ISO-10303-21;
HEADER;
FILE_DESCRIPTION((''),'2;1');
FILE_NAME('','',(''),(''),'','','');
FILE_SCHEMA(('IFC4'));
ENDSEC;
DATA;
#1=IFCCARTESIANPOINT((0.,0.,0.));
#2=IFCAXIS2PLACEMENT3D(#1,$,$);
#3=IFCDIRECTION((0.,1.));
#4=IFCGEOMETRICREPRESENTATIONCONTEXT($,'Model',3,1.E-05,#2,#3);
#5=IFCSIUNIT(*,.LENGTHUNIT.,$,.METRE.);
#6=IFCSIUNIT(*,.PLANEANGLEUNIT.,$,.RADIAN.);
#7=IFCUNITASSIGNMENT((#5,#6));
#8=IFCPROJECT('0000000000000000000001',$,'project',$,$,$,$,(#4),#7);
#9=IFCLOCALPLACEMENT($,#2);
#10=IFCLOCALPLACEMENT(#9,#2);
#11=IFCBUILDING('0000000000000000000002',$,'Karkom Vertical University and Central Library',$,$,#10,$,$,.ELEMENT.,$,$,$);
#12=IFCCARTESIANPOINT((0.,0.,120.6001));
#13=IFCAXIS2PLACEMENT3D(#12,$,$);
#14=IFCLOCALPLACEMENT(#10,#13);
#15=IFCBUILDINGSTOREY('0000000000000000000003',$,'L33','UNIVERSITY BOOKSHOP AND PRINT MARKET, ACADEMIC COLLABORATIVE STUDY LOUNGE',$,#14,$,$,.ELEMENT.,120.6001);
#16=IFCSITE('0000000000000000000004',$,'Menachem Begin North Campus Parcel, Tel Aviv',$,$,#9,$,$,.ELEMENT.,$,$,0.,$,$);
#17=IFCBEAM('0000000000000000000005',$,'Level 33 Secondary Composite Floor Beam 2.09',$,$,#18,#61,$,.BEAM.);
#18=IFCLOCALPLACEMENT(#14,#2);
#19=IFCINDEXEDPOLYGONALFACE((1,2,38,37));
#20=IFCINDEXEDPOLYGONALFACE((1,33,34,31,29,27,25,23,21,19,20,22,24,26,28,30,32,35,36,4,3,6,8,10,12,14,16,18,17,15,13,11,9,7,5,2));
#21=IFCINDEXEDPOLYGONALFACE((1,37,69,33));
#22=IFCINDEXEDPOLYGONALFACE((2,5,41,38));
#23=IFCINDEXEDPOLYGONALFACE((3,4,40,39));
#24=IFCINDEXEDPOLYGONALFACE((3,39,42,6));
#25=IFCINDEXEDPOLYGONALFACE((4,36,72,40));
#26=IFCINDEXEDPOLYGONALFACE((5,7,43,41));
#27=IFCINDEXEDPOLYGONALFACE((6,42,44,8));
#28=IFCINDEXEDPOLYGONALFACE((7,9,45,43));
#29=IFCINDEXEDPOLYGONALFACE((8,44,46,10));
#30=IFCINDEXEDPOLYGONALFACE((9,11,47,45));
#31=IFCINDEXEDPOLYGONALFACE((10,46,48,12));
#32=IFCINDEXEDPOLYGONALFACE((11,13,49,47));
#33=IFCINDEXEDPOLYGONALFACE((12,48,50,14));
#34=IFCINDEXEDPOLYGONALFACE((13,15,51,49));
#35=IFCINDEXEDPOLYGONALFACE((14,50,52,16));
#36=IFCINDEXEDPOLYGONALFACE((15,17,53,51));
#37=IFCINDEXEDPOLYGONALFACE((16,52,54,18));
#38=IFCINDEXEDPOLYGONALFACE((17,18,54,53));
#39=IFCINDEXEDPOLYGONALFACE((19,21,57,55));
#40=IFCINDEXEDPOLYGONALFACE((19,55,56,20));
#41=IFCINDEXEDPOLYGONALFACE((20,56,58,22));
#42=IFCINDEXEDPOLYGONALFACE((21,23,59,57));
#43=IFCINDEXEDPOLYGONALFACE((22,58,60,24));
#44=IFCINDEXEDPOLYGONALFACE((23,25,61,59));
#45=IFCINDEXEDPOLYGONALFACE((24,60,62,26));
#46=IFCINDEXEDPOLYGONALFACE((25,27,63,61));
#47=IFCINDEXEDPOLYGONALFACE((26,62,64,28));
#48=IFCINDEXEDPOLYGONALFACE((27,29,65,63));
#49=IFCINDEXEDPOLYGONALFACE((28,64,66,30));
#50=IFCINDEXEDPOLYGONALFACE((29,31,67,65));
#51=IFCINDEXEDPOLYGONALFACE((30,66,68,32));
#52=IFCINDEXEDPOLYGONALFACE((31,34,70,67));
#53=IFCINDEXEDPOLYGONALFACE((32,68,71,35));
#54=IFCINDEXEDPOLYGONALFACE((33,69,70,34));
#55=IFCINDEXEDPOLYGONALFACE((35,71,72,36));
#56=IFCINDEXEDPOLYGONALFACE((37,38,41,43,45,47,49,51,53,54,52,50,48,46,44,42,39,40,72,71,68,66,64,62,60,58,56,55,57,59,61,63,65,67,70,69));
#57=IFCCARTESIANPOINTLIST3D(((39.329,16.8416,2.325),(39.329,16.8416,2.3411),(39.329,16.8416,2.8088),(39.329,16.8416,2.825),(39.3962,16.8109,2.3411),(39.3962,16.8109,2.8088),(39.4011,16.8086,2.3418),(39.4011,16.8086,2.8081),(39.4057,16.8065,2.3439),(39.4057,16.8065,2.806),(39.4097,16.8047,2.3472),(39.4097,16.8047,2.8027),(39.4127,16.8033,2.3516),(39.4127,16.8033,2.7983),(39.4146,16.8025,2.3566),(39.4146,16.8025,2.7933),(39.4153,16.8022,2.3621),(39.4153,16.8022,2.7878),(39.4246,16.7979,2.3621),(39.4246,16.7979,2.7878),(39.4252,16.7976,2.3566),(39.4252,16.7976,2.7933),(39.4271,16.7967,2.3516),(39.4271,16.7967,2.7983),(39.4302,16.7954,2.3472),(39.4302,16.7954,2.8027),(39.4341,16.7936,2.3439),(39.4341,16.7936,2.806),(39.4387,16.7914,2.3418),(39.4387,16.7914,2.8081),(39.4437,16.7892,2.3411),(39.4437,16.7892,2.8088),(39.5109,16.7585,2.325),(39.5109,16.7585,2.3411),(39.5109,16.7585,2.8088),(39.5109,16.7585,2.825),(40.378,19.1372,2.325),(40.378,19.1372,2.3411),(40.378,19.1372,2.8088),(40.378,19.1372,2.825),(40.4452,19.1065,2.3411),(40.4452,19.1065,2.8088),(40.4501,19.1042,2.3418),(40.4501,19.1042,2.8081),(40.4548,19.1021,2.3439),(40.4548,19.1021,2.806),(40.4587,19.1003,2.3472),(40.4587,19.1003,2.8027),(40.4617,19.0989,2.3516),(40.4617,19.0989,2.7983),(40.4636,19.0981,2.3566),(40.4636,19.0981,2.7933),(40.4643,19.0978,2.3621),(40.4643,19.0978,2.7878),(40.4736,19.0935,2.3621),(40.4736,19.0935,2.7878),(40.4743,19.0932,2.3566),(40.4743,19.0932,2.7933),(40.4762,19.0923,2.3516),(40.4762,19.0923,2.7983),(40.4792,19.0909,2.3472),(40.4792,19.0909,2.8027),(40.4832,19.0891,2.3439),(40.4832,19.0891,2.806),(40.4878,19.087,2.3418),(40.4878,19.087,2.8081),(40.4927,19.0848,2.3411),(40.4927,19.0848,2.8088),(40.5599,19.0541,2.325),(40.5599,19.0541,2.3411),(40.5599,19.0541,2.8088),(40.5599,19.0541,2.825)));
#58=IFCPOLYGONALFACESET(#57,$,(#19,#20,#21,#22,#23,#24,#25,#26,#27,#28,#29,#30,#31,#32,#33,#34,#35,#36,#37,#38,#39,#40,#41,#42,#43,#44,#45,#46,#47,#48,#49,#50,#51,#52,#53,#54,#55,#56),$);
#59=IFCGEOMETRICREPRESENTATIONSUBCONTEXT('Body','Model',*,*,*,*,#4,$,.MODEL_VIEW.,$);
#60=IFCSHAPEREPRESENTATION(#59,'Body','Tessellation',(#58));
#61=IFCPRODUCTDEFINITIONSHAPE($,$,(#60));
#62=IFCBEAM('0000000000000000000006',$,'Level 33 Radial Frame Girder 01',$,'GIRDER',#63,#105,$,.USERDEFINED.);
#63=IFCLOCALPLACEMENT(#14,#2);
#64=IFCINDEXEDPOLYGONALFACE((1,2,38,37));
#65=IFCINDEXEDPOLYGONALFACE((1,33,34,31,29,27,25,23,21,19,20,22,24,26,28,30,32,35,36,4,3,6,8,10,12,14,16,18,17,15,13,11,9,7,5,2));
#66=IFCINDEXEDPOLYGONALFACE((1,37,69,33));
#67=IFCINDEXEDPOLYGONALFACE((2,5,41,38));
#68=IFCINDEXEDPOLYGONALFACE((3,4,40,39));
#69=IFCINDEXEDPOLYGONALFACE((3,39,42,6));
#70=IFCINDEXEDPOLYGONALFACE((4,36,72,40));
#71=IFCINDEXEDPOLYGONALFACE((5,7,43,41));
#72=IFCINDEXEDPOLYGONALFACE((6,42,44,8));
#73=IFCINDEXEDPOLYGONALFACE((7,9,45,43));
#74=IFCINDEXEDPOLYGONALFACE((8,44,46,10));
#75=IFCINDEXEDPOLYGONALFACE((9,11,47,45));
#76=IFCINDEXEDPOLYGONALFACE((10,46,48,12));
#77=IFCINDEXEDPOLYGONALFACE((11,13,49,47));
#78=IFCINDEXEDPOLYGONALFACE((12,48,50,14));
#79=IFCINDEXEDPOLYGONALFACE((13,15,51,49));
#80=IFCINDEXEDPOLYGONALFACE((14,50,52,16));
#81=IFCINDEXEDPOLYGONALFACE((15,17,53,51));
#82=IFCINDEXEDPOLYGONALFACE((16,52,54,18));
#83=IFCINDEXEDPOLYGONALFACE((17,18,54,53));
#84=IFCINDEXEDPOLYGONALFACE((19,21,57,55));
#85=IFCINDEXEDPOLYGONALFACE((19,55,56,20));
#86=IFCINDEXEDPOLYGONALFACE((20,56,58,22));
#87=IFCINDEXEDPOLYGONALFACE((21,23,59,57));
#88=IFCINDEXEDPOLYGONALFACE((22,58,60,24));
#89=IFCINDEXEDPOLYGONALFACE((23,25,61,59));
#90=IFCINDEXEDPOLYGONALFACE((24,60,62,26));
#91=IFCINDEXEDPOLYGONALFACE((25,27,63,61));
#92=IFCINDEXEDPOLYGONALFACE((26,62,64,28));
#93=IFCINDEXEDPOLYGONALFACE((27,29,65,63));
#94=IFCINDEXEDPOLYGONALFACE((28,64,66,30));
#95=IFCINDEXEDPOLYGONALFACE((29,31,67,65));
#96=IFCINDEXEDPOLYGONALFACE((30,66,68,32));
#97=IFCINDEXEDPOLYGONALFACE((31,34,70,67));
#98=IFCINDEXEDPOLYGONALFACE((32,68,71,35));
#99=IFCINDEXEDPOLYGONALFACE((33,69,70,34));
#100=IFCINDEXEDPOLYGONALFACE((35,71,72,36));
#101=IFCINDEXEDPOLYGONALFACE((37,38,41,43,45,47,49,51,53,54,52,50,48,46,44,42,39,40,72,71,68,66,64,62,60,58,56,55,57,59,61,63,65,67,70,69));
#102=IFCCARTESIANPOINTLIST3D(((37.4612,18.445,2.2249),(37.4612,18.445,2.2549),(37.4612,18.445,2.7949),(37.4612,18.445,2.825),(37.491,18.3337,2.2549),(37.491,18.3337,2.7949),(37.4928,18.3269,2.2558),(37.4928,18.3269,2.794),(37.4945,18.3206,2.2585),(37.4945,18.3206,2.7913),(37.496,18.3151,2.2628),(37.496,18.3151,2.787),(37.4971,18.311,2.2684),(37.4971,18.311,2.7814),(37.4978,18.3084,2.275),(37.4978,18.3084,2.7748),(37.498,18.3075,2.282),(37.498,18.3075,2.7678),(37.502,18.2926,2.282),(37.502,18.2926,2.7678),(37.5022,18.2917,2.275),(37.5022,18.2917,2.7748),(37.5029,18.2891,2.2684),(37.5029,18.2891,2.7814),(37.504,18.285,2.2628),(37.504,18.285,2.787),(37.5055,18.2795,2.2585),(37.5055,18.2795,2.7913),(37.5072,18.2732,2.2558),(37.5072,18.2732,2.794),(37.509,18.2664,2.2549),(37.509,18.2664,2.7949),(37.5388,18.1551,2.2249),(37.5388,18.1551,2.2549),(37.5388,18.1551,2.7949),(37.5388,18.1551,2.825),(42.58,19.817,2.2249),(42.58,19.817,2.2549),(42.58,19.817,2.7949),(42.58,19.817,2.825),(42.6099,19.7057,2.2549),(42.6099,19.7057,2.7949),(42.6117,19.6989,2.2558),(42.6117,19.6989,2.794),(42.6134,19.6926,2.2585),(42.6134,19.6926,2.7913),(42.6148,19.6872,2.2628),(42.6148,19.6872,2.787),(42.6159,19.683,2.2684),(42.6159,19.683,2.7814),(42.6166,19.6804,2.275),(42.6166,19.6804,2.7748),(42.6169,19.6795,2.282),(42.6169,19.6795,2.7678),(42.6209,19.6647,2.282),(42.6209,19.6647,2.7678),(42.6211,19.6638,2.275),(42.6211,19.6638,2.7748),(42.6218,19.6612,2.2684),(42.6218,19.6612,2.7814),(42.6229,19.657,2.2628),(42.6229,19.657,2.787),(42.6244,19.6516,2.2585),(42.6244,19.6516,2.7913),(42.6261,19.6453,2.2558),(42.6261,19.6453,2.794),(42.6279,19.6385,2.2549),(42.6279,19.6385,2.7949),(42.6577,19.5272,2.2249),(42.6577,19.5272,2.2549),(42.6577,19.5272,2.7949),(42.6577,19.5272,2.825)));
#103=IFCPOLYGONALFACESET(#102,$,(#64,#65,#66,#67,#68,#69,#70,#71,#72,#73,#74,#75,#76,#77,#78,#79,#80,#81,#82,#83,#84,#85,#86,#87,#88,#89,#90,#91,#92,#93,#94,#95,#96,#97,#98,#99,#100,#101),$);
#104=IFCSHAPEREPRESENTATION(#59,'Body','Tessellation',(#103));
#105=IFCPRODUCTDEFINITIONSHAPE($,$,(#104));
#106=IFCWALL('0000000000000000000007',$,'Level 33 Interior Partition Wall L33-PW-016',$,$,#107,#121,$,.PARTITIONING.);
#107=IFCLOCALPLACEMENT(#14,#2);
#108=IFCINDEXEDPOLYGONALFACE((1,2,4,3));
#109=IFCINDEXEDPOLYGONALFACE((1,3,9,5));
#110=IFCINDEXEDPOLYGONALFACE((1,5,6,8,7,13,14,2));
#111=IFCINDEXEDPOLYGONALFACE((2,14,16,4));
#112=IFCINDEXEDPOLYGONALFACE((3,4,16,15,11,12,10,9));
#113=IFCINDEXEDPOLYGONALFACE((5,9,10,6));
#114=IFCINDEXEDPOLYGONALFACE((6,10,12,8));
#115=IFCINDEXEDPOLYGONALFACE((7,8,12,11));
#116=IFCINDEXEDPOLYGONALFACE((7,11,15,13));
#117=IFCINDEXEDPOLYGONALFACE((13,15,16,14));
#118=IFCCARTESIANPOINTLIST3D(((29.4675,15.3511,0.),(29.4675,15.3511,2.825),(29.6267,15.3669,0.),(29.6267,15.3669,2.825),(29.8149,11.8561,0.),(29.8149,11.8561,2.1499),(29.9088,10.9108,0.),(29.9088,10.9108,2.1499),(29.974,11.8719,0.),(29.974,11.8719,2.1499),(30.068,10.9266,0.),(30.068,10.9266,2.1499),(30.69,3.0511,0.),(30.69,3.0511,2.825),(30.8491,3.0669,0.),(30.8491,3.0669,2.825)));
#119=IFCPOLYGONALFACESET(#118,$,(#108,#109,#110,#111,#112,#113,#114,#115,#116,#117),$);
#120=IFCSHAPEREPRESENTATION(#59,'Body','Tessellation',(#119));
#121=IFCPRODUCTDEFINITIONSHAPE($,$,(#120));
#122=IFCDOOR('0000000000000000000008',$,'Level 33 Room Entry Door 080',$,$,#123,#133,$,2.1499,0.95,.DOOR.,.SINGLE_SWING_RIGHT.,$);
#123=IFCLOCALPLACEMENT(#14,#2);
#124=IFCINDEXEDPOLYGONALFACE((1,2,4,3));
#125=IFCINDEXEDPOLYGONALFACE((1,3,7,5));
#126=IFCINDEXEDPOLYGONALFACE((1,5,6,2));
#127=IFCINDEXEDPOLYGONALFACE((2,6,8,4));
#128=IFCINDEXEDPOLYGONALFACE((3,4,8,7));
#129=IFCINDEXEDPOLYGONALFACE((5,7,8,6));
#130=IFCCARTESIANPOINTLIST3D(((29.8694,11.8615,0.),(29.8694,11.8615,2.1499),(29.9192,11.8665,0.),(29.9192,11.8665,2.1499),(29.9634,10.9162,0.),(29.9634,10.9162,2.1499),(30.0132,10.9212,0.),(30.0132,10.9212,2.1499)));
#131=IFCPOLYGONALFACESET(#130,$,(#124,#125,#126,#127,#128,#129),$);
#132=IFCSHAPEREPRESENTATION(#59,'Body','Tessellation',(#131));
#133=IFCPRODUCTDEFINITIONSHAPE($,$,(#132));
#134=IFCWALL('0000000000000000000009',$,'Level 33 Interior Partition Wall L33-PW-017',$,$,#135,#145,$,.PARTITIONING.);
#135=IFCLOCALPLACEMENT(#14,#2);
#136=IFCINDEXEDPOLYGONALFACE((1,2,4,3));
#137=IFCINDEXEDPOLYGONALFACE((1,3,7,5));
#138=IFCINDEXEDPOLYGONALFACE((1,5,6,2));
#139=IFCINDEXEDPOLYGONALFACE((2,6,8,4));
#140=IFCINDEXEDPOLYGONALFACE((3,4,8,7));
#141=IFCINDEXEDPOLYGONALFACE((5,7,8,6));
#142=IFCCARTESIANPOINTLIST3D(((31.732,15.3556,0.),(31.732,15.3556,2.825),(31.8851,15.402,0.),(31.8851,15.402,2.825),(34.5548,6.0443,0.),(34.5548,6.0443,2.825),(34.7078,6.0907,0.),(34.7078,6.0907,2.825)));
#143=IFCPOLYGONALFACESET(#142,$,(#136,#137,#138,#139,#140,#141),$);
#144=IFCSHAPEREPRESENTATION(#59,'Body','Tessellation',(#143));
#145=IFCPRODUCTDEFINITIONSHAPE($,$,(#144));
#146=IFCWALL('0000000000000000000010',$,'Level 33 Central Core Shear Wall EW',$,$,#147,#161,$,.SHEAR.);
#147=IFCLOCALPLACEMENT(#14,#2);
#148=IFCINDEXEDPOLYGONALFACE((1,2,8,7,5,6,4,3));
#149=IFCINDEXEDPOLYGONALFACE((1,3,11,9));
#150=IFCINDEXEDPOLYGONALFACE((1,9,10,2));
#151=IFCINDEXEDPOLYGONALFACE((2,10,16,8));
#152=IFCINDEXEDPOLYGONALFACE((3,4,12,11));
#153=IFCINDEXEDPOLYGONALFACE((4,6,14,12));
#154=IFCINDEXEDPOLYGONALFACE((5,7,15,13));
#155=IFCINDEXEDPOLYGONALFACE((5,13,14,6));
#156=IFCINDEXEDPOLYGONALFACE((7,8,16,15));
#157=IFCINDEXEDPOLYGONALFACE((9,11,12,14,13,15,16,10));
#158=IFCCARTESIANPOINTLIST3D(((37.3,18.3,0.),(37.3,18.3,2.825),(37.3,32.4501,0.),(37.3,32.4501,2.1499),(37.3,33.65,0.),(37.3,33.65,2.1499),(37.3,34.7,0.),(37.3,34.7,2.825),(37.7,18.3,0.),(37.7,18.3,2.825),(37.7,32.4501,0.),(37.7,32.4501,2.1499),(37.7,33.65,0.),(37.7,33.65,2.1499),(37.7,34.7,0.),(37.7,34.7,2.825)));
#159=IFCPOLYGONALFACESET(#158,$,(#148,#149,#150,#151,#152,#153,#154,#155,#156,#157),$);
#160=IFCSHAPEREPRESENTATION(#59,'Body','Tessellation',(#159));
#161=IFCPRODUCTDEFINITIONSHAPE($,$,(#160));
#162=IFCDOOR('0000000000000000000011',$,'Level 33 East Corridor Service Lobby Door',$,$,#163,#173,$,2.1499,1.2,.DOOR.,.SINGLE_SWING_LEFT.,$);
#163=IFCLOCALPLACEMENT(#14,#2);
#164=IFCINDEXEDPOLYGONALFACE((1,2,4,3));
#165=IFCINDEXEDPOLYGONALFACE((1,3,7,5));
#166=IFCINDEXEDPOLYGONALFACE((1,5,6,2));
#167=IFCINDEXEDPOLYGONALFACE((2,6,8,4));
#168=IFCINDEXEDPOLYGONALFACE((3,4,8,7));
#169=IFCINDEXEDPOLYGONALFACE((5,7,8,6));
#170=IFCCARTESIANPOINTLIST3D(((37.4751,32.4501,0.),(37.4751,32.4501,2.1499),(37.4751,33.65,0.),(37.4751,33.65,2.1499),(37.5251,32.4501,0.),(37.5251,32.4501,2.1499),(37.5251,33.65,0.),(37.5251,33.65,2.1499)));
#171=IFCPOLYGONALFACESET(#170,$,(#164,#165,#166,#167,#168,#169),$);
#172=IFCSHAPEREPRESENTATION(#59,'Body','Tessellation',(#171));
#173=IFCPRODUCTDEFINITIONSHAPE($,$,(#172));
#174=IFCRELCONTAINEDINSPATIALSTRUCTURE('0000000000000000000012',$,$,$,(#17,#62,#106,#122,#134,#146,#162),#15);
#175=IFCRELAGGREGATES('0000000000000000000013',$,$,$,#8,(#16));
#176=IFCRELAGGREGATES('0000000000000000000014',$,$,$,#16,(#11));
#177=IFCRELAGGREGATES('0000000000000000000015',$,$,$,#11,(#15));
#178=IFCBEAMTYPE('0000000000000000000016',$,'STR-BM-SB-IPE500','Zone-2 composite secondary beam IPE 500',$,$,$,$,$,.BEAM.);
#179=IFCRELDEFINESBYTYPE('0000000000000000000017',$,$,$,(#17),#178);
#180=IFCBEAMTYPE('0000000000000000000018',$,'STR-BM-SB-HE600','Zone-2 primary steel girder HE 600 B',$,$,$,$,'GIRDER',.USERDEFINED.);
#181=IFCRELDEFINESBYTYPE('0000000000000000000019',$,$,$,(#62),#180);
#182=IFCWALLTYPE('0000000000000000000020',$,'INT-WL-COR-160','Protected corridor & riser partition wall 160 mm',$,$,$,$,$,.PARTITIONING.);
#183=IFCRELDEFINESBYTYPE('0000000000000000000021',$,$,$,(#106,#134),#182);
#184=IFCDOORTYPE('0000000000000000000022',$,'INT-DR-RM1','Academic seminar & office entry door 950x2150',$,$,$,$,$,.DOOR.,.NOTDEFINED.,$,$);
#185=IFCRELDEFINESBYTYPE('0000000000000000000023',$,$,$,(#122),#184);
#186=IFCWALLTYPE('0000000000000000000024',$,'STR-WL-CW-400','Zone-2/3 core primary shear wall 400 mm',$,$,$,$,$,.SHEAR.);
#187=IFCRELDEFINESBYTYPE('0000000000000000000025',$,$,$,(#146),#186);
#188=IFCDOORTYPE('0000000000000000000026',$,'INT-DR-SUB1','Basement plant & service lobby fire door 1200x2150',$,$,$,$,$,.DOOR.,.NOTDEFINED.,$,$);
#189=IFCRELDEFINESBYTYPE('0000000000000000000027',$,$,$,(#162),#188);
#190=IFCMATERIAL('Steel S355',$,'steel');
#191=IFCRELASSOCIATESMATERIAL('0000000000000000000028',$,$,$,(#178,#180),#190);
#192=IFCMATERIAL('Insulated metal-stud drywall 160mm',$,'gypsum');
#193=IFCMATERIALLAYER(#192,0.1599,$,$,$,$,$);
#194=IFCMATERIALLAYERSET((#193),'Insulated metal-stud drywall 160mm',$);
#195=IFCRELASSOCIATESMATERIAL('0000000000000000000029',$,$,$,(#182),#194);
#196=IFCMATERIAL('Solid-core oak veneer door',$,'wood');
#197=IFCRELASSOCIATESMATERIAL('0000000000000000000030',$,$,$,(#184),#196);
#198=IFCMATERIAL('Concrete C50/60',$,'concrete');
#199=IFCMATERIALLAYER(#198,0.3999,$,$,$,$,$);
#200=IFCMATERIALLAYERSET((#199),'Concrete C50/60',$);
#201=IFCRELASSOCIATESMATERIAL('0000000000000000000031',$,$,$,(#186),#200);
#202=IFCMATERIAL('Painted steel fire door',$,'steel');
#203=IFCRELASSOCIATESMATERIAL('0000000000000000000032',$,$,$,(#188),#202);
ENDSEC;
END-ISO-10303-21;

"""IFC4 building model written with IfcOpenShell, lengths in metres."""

from ifc_helpers import new_model, si_unit, direction, frame, frame_2d, origin, origin_with_axes, origin_2d, place, context, subcontext, project, spatial, rectangle, i_section, extrude, source, transform, mapped, material, layer, layer_set, material_profile, profile_set, type_object, element, fill, save


model = new_model("IFC4")

# Units and contexts
model_context = context("Model", 3, precision=1e-05, world=origin(), true_north=direction((0.0, 1.0)))
body_context = subcontext(model_context, "Body", "Model", "MODEL_VIEW")
ifc_project = project(units=[si_unit("LENGTHUNIT", "METRE"), si_unit("PLANEANGLEUNIT", "RADIAN")], contexts=[model_context])

# Site, building, storey
site_placement = place(None, origin())
site = spatial("IfcSite", under=ifc_project, at=site_placement, Name="Menachem Begin North Campus Parcel, Tel Aviv", CompositionType="ELEMENT", RefElevation=0.0)
building_placement = place(site_placement, origin())
building = spatial("IfcBuilding", under=site, at=building_placement, Name="Karkom Vertical University and Central Library", CompositionType="ELEMENT")
storey_placement = place(building_placement, frame((0.0, 0.0, 120.6001)))
storey = spatial("IfcBuildingStorey", under=building, at=storey_placement, Name="L33", Description="UNIVERSITY BOOKSHOP AND PRINT MARKET, ACADEMIC COLLABORATIVE STUDY LOUNGE", CompositionType="ELEMENT", Elevation=120.6001)

# Shared definitions
ifc_material_1 = material(Name="Concrete C50/60", Category="concrete")

# Beams
ifc_material_2 = material(Name="Steel S355", Category="steel")
ifc_material_profile_1 = material_profile(ifc_material_2, i_section(OverallWidth=0.2, OverallDepth=0.5, WebThickness=0.0103, FlangeThickness=0.0161, FilletRadius=0.021, at=origin_2d()), Name="IPE 500")
ifc_profile_set_1 = profile_set([ifc_material_profile_1], Name="Steel S355")
beam_type_1 = type_object("IfcBeamType", Name="STR-BM-SB-IPE500", Description="Zone-2 composite secondary beam IPE 500", PredefinedType="BEAM", material=ifc_profile_set_1)
shared_shape_1 = source(origin_with_axes(), body_context, "Body", "SweptSolid", [
    extrude(i_section(OverallWidth=0.2, OverallDepth=0.5, WebThickness=0.0103, FlangeThickness=0.0161, FilletRadius=0.021, at=origin_2d()), origin(), (0.0, 0.0, 1.0), 2.5239),
])
beam_1_placement = place(storey_placement, frame((39.4199, 16.8, 2.575), z_axis=(0.415639, 0.90953, 0.0), x_axis=(-0.90953, 0.415639, 0.0)))
element("IfcBeam", 1, at=beam_1_placement, inside=storey, type_object=beam_type_1, Name="Level 33 Secondary Composite Floor Beam 2.09", PredefinedType="BEAM", context=body_context, shape_type="MappedRepresentation", body=[
    mapped(shared_shape_1, transform((0.0, 0.0, 0.0), scale=1.0)),
])
ifc_material_profile_2 = material_profile(ifc_material_2, i_section(OverallWidth=0.3, OverallDepth=0.6001, WebThickness=0.0154, FlangeThickness=0.03, FilletRadius=0.0271, at=origin_2d()), Name="HE 600 B")
ifc_profile_set_2 = profile_set([ifc_material_profile_2], Name="Steel S355")
beam_type_2 = type_object("IfcBeamType", Name="STR-BM-SB-HE600", Description="Zone-2 primary steel girder HE 600 B", ElementType="GIRDER", PredefinedType="USERDEFINED", material=ifc_profile_set_2)
shared_shape_2 = source(origin_with_axes(), body_context, "Body", "SweptSolid", [
    extrude(i_section(OverallWidth=0.3, OverallDepth=0.6001, WebThickness=0.0154, FlangeThickness=0.03, FilletRadius=0.0271, at=origin_2d()), origin(), (0.0, 0.0, 1.0), 5.2996),
])
beam_2_placement = place(storey_placement, frame((37.5, 18.3, 2.5249), z_axis=(0.965904, 0.258901, 0.0), x_axis=(-0.258901, 0.965904, 0.0)))
element("IfcBeam", 2, at=beam_2_placement, inside=storey, type_object=beam_type_2, Name="Level 33 Radial Frame Girder 01", ObjectType="GIRDER", PredefinedType="USERDEFINED", context=body_context, shape_type="MappedRepresentation", body=[
    mapped(shared_shape_2, transform((0.0, 0.0, 0.0), scale=1.0)),
])

# Wall, opening, door
ifc_material_3 = material(Name="Insulated metal-stud drywall 160mm", Category="gypsum")
ifc_layer_1 = layer(ifc_material_3, 0.1599)
ifc_layer_set_1 = layer_set([ifc_layer_1], Name="Insulated metal-stud drywall 160mm")
wall_type_1 = type_object("IfcWallType", Name="INT-WL-COR-160", Description="Protected corridor & riser partition wall 160 mm", PredefinedType="PARTITIONING", material=ifc_layer_set_1)
wall_1_placement = place(storey_placement, frame((29.5471, 15.3589, 0.0), z_axis=(0.0, 0.0, 1.0), x_axis=(0.098896, -0.995098, 0.0)))
wall_1 = element("IfcWall", 3, at=wall_1_placement, inside=storey, type_object=wall_type_1, Name="Level 33 Interior Partition Wall L33-PW-016", PredefinedType="PARTITIONING", context=body_context, shape_type="SweptSolid", body=[
    extrude(rectangle(XDim=12.3606, YDim=0.1599, at=frame_2d((6.1802, 0.0))), origin(), (0.0, 0.0, 1.0), 2.825),
])
opening_1_placement = place(wall_1_placement, frame((3.512, 0.0, 0.0)))
opening_1 = element("IfcOpeningElement", 4, at=opening_1_placement, cuts=wall_1, PredefinedType="OPENING", context=body_context, shape_type="SweptSolid", body=[
    extrude(rectangle(XDim=0.95, YDim=2.1499, at=frame_2d((0.4751, 1.075))), frame((0.0, 0.0898, 0.0), z_axis=(0.0, -1.0, 0.0), x_axis=(1.0, 0.0, 0.0)), (0.0, 0.0, 1.0), 0.1799),
])
ifc_material_4 = material(Name="Solid-core oak veneer door", Category="wood")
door_type_1 = type_object("IfcDoorType", Name="INT-DR-RM1", Description="Academic seminar & office entry door 950x2150", OperationType="NOTDEFINED", PredefinedType="DOOR", material=ifc_material_4)
shared_shape_3 = source(origin_with_axes(), body_context, "Body", "SweptSolid", [
    extrude(rectangle(XDim=0.95, YDim=2.1499, at=frame_2d((0.4751, 1.075))), frame((0.0, 0.0249, 0.0), z_axis=(0.0, -1.0, 0.0), x_axis=(1.0, 0.0, 0.0)), (0.0, 0.0, 1.0), 0.05),
])
door_1_placement = place(opening_1_placement, origin())
door_1 = element("IfcDoor", 5, at=door_1_placement, inside=storey, type_object=door_type_1, Name="Level 33 Room Entry Door 080", OperationType="SINGLE_SWING_RIGHT", OverallHeight=2.1499, OverallWidth=0.95, PredefinedType="DOOR", context=body_context, shape_type="MappedRepresentation", body=[
    mapped(shared_shape_3, transform((0.0, 0.0, 0.0), scale=1.0)),
])
fill(opening_1, door_1)

# Wall
wall_2_placement = place(storey_placement, frame((31.8086, 15.3787, 0.0), z_axis=(0.0, 0.0, 1.0), x_axis=(0.290116, -0.956991, 0.0)))
element("IfcWall", 6, at=wall_2_placement, inside=storey, type_object=wall_type_1, Name="Level 33 Interior Partition Wall L33-PW-017", PredefinedType="PARTITIONING", context=body_context, shape_type="SweptSolid", body=[
    extrude(rectangle(XDim=9.7297, YDim=0.1599, at=frame_2d((4.8647, 0.0))), origin(), (0.0, 0.0, 1.0), 2.825),
])

# Wall, opening, door
ifc_layer_2 = layer(ifc_material_1, 0.3999)
ifc_layer_set_2 = layer_set([ifc_layer_2], Name="Concrete C50/60")
wall_type_2 = type_object("IfcWallType", Name="STR-WL-CW-400", Description="Zone-2/3 core primary shear wall 400 mm", PredefinedType="SHEAR", material=ifc_layer_set_2)
wall_3_placement = place(storey_placement, frame((37.5, 18.3, 0.0), z_axis=(0.0, 0.0, 1.0), x_axis=(0.0, 1.0, 0.0)))
wall_3 = element("IfcWall", 7, at=wall_3_placement, inside=storey, type_object=wall_type_2, Name="Level 33 Central Core Shear Wall EW", PredefinedType="SHEAR", context=body_context, shape_type="SweptSolid", body=[
    extrude(rectangle(XDim=16.3999, YDim=0.3999, at=frame_2d((8.2, 0.0))), origin(), (0.0, 0.0, 1.0), 2.825),
])
opening_2_placement = place(wall_3_placement, frame((14.1499, 0.0, 0.0)))
opening_2 = element("IfcOpeningElement", 8, at=opening_2_placement, cuts=wall_3, PredefinedType="OPENING", context=body_context, shape_type="SweptSolid", body=[
    extrude(rectangle(XDim=1.2, YDim=2.1499, at=frame_2d((0.6001, 1.075))), frame((0.0, 0.21, 0.0), z_axis=(0.0, -1.0, 0.0), x_axis=(1.0, 0.0, 0.0)), (0.0, 0.0, 1.0), 0.4199),
])
ifc_material_5 = material(Name="Painted steel fire door", Category="steel")
door_type_2 = type_object("IfcDoorType", Name="INT-DR-SUB1", Description="Basement plant & service lobby fire door 1200x2150", OperationType="NOTDEFINED", PredefinedType="DOOR", material=ifc_material_5)
shared_shape_4 = source(origin_with_axes(), body_context, "Body", "SweptSolid", [
    extrude(rectangle(XDim=1.2, YDim=2.1499, at=frame_2d((0.6001, 1.075))), frame((0.0, 0.0249, 0.0), z_axis=(0.0, -1.0, 0.0), x_axis=(1.0, 0.0, 0.0)), (0.0, 0.0, 1.0), 0.05),
])
door_2_placement = place(opening_2_placement, origin())
door_2 = element("IfcDoor", 9, at=door_2_placement, inside=storey, type_object=door_type_2, Name="Level 33 East Corridor Service Lobby Door", OperationType="SINGLE_SWING_LEFT", OverallHeight=2.1499, OverallWidth=1.2, PredefinedType="DOOR", context=body_context, shape_type="MappedRepresentation", body=[
    mapped(shared_shape_4, transform((0.0, 0.0, 0.0), scale=1.0)),
])
fill(opening_2, door_2)

save(model, "model.ifc")
